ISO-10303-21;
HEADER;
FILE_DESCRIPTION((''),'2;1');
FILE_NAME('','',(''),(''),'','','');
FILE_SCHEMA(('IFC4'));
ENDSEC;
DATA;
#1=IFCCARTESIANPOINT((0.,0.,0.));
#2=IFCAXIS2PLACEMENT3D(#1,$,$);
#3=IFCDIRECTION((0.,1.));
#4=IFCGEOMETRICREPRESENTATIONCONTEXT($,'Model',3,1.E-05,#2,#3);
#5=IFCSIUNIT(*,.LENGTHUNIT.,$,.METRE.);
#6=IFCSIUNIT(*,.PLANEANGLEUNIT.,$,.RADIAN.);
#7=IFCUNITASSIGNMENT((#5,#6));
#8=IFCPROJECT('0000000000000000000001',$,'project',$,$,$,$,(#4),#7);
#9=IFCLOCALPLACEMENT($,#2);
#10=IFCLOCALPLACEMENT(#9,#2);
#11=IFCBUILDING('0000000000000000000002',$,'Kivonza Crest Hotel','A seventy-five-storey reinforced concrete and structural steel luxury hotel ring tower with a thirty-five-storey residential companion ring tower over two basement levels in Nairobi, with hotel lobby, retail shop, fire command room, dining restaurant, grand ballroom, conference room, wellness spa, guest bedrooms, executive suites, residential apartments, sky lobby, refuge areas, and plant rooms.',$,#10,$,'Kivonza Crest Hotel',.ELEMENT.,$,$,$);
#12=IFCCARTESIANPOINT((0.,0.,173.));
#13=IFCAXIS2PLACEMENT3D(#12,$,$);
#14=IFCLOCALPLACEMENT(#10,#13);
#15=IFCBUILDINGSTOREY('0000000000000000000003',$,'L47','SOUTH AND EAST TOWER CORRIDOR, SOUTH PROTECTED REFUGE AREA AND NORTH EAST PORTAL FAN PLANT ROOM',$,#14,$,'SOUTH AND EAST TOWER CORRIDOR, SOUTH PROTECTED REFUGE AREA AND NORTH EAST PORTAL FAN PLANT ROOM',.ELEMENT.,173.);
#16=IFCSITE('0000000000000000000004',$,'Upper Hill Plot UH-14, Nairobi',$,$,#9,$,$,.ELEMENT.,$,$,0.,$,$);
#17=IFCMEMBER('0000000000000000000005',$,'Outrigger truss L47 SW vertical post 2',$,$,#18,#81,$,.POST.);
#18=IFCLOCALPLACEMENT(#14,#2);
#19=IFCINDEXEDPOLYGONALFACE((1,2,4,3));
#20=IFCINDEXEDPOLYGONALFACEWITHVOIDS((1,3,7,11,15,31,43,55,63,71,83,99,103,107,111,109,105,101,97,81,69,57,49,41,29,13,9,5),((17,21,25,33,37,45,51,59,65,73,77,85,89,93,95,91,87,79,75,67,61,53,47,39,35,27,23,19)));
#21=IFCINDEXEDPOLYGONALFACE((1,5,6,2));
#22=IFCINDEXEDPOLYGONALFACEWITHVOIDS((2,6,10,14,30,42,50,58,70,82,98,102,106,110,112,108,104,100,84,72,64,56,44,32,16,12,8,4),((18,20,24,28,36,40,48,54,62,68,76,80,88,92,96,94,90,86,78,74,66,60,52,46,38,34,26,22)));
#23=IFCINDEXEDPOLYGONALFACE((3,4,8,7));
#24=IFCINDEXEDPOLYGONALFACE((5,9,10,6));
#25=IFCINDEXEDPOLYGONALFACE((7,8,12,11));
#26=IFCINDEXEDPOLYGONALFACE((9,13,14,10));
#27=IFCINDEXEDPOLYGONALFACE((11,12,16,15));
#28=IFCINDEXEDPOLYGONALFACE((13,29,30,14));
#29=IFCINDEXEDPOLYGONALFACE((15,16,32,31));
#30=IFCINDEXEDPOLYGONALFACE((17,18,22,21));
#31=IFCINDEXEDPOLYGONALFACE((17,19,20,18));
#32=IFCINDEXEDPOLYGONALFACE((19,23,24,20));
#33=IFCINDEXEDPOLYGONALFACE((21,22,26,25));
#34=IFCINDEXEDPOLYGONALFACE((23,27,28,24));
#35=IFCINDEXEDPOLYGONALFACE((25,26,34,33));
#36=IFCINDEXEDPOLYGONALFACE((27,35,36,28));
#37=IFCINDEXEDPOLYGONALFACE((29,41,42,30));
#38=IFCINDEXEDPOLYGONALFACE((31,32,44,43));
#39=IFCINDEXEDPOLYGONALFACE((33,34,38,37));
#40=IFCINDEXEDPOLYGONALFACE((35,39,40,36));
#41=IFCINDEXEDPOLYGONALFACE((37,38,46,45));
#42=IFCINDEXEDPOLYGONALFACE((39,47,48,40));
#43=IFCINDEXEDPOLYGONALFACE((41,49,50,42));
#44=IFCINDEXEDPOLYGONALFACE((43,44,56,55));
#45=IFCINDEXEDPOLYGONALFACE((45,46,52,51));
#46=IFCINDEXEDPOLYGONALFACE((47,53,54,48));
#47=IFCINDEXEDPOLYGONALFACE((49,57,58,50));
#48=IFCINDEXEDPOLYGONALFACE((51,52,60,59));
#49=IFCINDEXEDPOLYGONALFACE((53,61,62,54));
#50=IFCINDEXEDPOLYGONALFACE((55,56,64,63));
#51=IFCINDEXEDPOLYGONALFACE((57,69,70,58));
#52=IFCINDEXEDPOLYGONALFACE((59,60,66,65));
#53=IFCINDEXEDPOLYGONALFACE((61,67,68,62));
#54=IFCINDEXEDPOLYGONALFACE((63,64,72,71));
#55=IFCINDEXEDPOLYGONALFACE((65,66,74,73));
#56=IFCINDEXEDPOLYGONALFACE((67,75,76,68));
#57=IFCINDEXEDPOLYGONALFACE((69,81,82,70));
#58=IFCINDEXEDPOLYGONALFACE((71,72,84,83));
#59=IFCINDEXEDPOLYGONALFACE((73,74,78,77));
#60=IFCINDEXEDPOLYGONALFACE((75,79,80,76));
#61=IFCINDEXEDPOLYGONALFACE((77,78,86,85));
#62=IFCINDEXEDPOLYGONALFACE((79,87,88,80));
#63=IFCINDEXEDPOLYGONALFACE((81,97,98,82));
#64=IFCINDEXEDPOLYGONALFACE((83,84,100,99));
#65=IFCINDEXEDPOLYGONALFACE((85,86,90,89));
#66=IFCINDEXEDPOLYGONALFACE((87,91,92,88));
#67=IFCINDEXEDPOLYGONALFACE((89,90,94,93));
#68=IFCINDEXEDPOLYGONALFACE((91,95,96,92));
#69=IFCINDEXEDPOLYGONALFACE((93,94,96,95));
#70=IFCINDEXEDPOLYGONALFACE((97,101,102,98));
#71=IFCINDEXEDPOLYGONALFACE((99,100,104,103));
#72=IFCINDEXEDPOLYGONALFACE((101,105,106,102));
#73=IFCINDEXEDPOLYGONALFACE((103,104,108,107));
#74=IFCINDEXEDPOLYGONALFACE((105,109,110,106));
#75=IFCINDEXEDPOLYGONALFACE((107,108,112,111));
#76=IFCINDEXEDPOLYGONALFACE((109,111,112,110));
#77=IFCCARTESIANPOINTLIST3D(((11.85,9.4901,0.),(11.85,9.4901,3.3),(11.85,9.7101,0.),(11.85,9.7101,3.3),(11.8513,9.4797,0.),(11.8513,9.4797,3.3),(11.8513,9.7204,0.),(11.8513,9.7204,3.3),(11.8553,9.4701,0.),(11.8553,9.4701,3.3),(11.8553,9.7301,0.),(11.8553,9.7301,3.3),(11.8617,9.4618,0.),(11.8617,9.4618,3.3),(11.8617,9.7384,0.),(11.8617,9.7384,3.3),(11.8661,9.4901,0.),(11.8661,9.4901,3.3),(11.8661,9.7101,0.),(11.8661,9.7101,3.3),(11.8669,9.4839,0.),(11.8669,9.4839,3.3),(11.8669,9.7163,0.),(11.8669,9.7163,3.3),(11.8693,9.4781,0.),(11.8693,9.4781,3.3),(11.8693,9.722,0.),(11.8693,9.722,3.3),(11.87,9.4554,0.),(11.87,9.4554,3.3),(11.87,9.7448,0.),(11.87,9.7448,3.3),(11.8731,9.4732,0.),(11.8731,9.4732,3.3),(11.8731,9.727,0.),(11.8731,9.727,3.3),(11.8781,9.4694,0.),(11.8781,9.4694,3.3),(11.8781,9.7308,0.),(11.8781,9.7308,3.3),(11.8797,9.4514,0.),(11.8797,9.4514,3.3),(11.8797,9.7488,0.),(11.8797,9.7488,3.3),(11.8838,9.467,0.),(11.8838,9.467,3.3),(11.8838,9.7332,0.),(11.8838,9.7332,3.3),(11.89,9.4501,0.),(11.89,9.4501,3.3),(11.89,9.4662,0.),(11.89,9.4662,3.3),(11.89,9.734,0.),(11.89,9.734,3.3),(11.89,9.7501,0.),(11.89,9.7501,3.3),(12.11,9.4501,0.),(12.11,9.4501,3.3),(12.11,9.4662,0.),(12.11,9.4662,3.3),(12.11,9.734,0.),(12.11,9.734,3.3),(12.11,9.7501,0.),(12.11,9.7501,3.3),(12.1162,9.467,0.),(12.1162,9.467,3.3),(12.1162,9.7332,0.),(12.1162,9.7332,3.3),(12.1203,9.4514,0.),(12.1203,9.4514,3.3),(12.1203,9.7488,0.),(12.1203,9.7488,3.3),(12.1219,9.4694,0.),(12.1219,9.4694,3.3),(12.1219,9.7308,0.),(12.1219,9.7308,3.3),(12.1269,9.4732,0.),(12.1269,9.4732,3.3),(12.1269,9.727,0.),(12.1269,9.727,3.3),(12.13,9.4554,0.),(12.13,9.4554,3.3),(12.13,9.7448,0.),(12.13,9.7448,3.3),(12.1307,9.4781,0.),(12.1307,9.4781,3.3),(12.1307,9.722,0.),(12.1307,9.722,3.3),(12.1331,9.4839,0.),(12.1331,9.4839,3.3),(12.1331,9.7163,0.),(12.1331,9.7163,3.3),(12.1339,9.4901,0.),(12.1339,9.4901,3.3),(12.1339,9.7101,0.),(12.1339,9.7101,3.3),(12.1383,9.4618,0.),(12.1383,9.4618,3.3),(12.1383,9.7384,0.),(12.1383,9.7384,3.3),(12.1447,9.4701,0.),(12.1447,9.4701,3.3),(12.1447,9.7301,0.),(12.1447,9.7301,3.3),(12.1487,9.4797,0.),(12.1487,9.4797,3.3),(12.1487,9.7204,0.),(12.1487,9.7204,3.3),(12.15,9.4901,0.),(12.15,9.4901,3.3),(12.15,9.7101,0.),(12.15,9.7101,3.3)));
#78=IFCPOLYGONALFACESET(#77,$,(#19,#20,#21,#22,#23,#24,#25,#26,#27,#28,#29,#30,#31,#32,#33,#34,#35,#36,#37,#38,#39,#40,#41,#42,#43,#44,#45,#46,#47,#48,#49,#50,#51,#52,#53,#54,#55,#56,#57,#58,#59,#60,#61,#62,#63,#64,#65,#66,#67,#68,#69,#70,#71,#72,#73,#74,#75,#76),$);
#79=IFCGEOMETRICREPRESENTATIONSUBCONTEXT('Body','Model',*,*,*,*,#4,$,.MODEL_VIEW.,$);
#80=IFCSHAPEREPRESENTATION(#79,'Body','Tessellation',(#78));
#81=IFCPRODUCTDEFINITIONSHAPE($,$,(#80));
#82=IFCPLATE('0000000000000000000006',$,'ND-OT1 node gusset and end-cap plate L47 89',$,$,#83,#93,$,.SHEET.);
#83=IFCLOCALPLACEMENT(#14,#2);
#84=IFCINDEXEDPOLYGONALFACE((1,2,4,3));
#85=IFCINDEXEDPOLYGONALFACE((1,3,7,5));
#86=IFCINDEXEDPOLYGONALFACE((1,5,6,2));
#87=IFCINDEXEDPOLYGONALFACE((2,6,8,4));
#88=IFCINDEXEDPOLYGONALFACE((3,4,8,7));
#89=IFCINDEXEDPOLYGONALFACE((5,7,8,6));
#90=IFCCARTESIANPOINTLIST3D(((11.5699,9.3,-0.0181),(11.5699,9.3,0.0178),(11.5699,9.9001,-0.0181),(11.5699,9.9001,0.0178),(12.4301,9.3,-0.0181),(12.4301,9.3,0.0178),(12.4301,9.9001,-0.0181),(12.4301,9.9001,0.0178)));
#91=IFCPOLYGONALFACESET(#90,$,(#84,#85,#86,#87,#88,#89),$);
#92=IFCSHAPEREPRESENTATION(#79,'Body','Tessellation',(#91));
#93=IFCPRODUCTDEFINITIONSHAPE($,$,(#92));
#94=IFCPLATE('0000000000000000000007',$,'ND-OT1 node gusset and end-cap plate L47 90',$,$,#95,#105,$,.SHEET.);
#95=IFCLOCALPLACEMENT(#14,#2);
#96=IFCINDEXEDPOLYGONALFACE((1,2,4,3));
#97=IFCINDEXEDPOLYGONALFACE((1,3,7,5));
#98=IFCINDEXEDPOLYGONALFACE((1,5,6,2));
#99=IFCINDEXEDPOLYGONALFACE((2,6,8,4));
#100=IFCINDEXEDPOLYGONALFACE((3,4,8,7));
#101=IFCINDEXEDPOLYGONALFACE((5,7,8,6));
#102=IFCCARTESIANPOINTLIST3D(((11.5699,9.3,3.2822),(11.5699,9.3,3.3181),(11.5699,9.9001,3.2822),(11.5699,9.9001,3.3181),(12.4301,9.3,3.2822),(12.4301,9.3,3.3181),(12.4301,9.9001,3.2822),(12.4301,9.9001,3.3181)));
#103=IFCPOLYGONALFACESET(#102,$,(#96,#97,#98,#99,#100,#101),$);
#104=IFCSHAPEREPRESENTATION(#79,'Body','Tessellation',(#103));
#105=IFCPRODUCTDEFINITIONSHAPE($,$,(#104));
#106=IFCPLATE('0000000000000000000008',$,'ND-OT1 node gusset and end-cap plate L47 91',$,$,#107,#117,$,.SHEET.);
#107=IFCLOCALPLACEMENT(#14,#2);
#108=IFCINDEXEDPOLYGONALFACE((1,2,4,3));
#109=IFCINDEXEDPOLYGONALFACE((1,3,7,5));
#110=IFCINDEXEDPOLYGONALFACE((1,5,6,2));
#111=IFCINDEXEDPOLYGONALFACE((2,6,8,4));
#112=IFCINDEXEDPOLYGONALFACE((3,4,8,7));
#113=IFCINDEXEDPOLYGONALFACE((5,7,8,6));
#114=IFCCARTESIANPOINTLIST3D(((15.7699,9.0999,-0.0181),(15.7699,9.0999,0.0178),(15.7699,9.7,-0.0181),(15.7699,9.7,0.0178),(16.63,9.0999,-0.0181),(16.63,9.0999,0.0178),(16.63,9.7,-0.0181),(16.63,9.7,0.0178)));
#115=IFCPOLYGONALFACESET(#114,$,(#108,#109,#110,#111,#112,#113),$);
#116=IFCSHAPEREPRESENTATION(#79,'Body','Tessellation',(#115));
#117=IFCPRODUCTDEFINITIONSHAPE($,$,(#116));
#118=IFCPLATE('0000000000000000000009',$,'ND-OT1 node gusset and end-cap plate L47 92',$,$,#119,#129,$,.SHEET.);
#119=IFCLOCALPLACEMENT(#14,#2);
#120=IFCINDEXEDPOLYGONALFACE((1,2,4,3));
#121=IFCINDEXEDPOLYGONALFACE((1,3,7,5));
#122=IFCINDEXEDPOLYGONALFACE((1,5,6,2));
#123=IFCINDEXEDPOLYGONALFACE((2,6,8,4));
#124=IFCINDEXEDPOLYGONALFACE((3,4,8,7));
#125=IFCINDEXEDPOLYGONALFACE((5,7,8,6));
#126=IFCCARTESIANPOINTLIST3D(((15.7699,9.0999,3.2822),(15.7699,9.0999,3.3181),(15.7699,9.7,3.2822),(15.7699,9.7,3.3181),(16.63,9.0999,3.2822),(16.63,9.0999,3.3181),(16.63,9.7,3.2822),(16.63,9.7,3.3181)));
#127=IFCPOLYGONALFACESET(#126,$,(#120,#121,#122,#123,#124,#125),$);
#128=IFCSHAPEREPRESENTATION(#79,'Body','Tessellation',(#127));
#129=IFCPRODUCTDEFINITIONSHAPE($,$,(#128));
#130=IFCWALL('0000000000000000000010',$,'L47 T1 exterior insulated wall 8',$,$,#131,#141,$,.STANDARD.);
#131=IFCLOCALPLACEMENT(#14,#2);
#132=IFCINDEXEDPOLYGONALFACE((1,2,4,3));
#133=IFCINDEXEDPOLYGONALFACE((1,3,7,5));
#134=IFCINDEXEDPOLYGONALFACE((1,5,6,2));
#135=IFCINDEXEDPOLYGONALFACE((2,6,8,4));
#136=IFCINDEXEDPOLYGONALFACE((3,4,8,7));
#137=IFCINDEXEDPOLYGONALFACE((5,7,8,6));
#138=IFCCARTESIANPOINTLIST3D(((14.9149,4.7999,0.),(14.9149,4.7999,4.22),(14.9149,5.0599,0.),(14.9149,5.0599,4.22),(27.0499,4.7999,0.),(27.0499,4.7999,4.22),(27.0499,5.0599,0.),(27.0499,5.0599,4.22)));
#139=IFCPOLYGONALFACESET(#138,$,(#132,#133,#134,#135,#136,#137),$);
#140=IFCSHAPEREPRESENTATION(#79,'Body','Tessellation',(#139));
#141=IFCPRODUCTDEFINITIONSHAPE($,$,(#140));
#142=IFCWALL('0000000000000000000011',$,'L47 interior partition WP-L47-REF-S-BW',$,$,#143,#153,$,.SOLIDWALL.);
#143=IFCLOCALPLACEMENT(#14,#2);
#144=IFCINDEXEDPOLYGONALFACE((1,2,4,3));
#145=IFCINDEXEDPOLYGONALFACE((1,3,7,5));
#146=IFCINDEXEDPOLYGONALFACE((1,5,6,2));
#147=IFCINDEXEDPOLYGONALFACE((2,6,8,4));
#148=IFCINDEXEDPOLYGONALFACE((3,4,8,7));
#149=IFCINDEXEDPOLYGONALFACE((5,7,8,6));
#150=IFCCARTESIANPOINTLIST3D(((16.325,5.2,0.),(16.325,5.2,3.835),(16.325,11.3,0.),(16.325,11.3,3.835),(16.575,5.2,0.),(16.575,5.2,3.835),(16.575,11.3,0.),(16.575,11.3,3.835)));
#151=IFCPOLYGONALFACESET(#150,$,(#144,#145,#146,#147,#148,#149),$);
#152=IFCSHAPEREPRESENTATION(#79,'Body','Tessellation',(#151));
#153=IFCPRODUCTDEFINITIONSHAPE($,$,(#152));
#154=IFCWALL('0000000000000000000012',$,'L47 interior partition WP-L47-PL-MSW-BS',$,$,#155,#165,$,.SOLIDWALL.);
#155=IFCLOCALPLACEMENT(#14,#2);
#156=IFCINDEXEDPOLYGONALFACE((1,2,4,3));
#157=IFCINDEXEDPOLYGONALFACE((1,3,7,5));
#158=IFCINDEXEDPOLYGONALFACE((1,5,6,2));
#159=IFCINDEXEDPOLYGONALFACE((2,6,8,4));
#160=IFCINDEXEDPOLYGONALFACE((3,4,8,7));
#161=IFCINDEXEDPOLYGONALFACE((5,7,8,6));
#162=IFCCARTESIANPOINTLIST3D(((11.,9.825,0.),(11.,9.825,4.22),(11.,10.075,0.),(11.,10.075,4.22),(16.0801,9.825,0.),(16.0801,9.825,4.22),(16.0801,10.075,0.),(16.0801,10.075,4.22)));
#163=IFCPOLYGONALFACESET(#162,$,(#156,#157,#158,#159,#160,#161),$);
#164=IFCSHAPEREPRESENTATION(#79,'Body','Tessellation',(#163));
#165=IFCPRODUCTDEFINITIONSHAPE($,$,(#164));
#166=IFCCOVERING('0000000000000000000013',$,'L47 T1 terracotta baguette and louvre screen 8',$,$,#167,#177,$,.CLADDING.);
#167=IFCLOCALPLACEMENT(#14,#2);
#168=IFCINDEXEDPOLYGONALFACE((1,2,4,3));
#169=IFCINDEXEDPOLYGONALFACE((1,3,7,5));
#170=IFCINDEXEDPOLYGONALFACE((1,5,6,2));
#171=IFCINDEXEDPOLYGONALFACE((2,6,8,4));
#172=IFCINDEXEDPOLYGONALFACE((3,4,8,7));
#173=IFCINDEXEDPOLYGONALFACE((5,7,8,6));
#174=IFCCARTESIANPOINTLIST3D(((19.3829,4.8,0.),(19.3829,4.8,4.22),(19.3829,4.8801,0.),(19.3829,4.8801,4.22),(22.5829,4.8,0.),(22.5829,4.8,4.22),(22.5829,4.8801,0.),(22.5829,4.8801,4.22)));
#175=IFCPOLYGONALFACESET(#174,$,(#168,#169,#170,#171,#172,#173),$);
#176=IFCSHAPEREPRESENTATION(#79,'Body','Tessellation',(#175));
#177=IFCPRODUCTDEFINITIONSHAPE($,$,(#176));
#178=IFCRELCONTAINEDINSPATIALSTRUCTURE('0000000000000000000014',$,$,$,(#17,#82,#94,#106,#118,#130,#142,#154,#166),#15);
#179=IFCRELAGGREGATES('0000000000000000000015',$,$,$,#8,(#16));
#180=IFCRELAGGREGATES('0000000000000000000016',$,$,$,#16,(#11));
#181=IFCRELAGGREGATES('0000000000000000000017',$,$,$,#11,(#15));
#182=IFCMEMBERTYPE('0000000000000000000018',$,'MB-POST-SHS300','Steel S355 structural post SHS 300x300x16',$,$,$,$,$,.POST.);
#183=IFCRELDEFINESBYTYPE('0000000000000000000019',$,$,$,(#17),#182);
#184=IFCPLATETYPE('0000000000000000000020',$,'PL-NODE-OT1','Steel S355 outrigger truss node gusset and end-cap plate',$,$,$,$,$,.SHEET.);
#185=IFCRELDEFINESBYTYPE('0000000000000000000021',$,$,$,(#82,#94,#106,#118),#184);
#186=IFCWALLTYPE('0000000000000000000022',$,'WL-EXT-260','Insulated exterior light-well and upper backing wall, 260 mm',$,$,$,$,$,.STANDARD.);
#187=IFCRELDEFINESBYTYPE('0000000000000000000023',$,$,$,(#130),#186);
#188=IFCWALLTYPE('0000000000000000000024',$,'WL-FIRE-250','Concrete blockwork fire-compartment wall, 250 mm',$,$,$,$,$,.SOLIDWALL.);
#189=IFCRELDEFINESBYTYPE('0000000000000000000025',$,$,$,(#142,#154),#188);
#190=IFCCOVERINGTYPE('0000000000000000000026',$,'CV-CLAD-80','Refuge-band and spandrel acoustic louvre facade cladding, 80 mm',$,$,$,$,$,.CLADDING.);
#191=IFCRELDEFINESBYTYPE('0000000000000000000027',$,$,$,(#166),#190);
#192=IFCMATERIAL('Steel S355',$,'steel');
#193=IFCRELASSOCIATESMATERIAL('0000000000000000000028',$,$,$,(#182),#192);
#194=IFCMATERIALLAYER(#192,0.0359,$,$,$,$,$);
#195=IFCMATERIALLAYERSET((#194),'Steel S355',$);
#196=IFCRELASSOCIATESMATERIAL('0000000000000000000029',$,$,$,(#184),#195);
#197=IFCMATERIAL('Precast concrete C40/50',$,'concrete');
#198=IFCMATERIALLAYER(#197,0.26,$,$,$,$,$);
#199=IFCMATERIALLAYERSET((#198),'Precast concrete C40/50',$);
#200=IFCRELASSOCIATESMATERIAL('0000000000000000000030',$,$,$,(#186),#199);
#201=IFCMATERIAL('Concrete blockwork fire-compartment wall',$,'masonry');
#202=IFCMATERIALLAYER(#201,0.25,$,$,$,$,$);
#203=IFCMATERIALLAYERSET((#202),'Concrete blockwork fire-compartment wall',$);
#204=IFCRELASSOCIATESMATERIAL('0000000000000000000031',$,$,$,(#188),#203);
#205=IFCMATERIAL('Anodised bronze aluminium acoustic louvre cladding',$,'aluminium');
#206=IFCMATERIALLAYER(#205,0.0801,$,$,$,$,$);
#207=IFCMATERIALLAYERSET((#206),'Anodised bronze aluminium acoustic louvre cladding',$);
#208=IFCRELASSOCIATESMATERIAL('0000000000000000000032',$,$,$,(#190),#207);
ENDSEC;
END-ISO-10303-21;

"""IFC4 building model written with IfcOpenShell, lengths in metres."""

from ifc_helpers import new_model, si_unit, direction, frame, frame_2d, origin, origin_2d, place, context, subcontext, project, spatial, rectangle, hollow_rectangle, extrude, material, layer, layer_set, material_profile, profile_set, type_object, element, save


model = new_model("IFC4")

# Units and contexts
model_context = context("Model", 3, precision=1e-05, world=origin(), true_north=direction((0.0, 1.0)))
body_context = subcontext(model_context, "Body", "Model", "MODEL_VIEW")
ifc_project = project(units=[si_unit("LENGTHUNIT", "METRE"), si_unit("PLANEANGLEUNIT", "RADIAN")], contexts=[model_context])

# Site, building, storey
site_placement = place(None, origin())
site = spatial("IfcSite", under=ifc_project, at=site_placement, Name="Upper Hill Plot UH-14, Nairobi", CompositionType="ELEMENT", RefElevation=0.0)
building_placement = place(site_placement, origin())
building = spatial("IfcBuilding", under=site, at=building_placement, Name="Kivonza Crest Hotel", Description="A seventy-five-storey reinforced concrete and structural steel luxury hotel ring tower with a thirty-five-storey residential companion ring tower over two basement levels in Nairobi, with hotel lobby, retail shop, fire command room, dining restaurant, grand ballroom, conference room, wellness spa, guest bedrooms, executive suites, residential apartments, sky lobby, refuge areas, and plant rooms.", LongName="Kivonza Crest Hotel", CompositionType="ELEMENT")
storey_placement = place(building_placement, frame((0.0, 0.0, 173.0)))
storey = spatial("IfcBuildingStorey", under=building, at=storey_placement, Name="L47", Description="SOUTH AND EAST TOWER CORRIDOR, SOUTH PROTECTED REFUGE AREA AND NORTH EAST PORTAL FAN PLANT ROOM", LongName="SOUTH AND EAST TOWER CORRIDOR, SOUTH PROTECTED REFUGE AREA AND NORTH EAST PORTAL FAN PLANT ROOM", CompositionType="ELEMENT", Elevation=173.0)

# Shared definitions
ifc_material_1 = material(Name="Steel S355", Category="steel")

# Member
ifc_material_profile_1 = material_profile(ifc_material_1, hollow_rectangle(XDim=0.3, YDim=0.3, WallThickness=0.0161, InnerFilletRadius=0.0239, OuterFilletRadius=0.04, at=origin_2d()), Name="SHS 300x300x16")
ifc_profile_set_1 = profile_set([ifc_material_profile_1], Name="Steel S355")
member_type_1 = type_object("IfcMemberType", Name="MB-POST-SHS300", Description="Steel S355 structural post SHS 300x300x16", PredefinedType="POST", material=ifc_profile_set_1)
member_placement = place(storey_placement, frame((12.0, 9.6001, 0.0), z_axis=(0.0, 0.0, 1.0), x_axis=(1.0, 0.0, 0.0)))
element("IfcMember", 1, at=member_placement, inside=storey, type_object=member_type_1, Name="Outrigger truss L47 SW vertical post 2", PredefinedType="POST", context=body_context, shape_type="SweptSolid", body=[
    extrude(hollow_rectangle(XDim=0.3, YDim=0.3, WallThickness=0.0161, InnerFilletRadius=0.0239, OuterFilletRadius=0.04, at=origin_2d()), origin(), (0.0, 0.0, 1.0), 3.3),
])

# Plates
ifc_layer_1 = layer(ifc_material_1, 0.0359)
ifc_layer_set_1 = layer_set([ifc_layer_1], Name="Steel S355")
plate_type = type_object("IfcPlateType", Name="PL-NODE-OT1", Description="Steel S355 outrigger truss node gusset and end-cap plate", PredefinedType="SHEET", material=ifc_layer_set_1)
for number, where, z_axis, x_axis, name in (
    (2, (12.0, 9.6001, -0.0181), (0.0, 0.0, 1.0), (1.0, 0.0, 0.0), "ND-OT1 node gusset and end-cap plate L47 89"),
    (3, (12.0, 9.6001, 3.2822), (0.0, 0.0, 1.0), (1.0, 0.0, 0.0), "ND-OT1 node gusset and end-cap plate L47 90"),
    (4, (16.2, 9.3999, -0.0181), (0.0, 0.0, 1.0), (1.0, 0.0, 0.0), "ND-OT1 node gusset and end-cap plate L47 91"),
    (5, (16.2, 9.3999, 3.2822), (0.0, 0.0, 1.0), (1.0, 0.0, 0.0), "ND-OT1 node gusset and end-cap plate L47 92"),
):
    element("IfcPlate", number, at=place(storey_placement, frame(where, z_axis=z_axis, x_axis=x_axis)), inside=storey, type_object=plate_type, Name=name, PredefinedType="SHEET", context=body_context, shape_type="SweptSolid", body=[
        extrude(rectangle(XDim=0.8601, YDim=0.6001, at=origin_2d()), origin(), (0.0, 0.0, 1.0), 0.0359),
    ])

# Walls
ifc_material_2 = material(Name="Precast concrete C40/50", Category="concrete")
ifc_layer_2 = layer(ifc_material_2, 0.26)
ifc_layer_set_2 = layer_set([ifc_layer_2], Name="Precast concrete C40/50")
wall_type_1 = type_object("IfcWallType", Name="WL-EXT-260", Description="Insulated exterior light-well and upper backing wall, 260 mm", PredefinedType="STANDARD", material=ifc_layer_set_2)
wall_1_placement = place(storey_placement, frame((14.915, 4.9299, 0.0), z_axis=(0.0, 0.0, 1.0), x_axis=(1.0, 0.0, 0.0)))
element("IfcWall", 6, at=wall_1_placement, inside=storey, type_object=wall_type_1, Name="L47 T1 exterior insulated wall 8", PredefinedType="STANDARD", context=body_context, shape_type="SweptSolid", body=[
    extrude(rectangle(XDim=12.135, YDim=0.26, at=frame_2d((6.0674, 0.0))), origin(), (0.0, 0.0, 1.0), 4.22),
])
ifc_material_3 = material(Name="Concrete blockwork fire-compartment wall", Category="masonry")
ifc_layer_3 = layer(ifc_material_3, 0.25)
ifc_layer_set_3 = layer_set([ifc_layer_3], Name="Concrete blockwork fire-compartment wall")
wall_type_2 = type_object("IfcWallType", Name="WL-FIRE-250", Description="Concrete blockwork fire-compartment wall, 250 mm", PredefinedType="SOLIDWALL", material=ifc_layer_set_3)
wall_2_placement = place(storey_placement, frame((16.45, 5.2, 0.0), z_axis=(0.0, 0.0, 1.0), x_axis=(0.0, 1.0, 0.0)))
element("IfcWall", 7, at=wall_2_placement, inside=storey, type_object=wall_type_2, Name="L47 interior partition WP-L47-REF-S-BW", PredefinedType="SOLIDWALL", context=body_context, shape_type="SweptSolid", body=[
    extrude(rectangle(XDim=6.1001, YDim=0.25, at=frame_2d((3.05, 0.0))), origin(), (0.0, 0.0, 1.0), 3.835),
])
wall_3_placement = place(storey_placement, frame((11.0, 9.95, 0.0), z_axis=(0.0, 0.0, 1.0), x_axis=(1.0, 0.0, 0.0)))
element("IfcWall", 8, at=wall_3_placement, inside=storey, type_object=wall_type_2, Name="L47 interior partition WP-L47-PL-MSW-BS", PredefinedType="SOLIDWALL", context=body_context, shape_type="SweptSolid", body=[
    extrude(rectangle(XDim=5.0801, YDim=0.25, at=frame_2d((2.54, 0.0))), origin(), (0.0, 0.0, 1.0), 4.22),
])

# Covering
ifc_material_4 = material(Name="Anodised bronze aluminium acoustic louvre cladding", Category="aluminium")
ifc_layer_4 = layer(ifc_material_4, 0.0801)
ifc_layer_set_4 = layer_set([ifc_layer_4], Name="Anodised bronze aluminium acoustic louvre cladding")
covering_type = type_object("IfcCoveringType", Name="CV-CLAD-80", Description="Refuge-band and spandrel acoustic louvre facade cladding, 80 mm", PredefinedType="CLADDING", material=ifc_layer_set_4)
covering_placement = place(storey_placement, frame((20.9829, 4.8401, 0.0), z_axis=(0.0, 0.0, 1.0), x_axis=(1.0, 0.0, 0.0)))
element("IfcCovering", 9, at=covering_placement, inside=storey, type_object=covering_type, Name="L47 T1 terracotta baguette and louvre screen 8", PredefinedType="CLADDING", context=body_context, shape_type="SweptSolid", body=[
    extrude(rectangle(XDim=3.2, YDim=0.0801, at=origin_2d()), origin(), (0.0, 0.0, 1.0), 4.22),
])

save(model, "model.ifc")
